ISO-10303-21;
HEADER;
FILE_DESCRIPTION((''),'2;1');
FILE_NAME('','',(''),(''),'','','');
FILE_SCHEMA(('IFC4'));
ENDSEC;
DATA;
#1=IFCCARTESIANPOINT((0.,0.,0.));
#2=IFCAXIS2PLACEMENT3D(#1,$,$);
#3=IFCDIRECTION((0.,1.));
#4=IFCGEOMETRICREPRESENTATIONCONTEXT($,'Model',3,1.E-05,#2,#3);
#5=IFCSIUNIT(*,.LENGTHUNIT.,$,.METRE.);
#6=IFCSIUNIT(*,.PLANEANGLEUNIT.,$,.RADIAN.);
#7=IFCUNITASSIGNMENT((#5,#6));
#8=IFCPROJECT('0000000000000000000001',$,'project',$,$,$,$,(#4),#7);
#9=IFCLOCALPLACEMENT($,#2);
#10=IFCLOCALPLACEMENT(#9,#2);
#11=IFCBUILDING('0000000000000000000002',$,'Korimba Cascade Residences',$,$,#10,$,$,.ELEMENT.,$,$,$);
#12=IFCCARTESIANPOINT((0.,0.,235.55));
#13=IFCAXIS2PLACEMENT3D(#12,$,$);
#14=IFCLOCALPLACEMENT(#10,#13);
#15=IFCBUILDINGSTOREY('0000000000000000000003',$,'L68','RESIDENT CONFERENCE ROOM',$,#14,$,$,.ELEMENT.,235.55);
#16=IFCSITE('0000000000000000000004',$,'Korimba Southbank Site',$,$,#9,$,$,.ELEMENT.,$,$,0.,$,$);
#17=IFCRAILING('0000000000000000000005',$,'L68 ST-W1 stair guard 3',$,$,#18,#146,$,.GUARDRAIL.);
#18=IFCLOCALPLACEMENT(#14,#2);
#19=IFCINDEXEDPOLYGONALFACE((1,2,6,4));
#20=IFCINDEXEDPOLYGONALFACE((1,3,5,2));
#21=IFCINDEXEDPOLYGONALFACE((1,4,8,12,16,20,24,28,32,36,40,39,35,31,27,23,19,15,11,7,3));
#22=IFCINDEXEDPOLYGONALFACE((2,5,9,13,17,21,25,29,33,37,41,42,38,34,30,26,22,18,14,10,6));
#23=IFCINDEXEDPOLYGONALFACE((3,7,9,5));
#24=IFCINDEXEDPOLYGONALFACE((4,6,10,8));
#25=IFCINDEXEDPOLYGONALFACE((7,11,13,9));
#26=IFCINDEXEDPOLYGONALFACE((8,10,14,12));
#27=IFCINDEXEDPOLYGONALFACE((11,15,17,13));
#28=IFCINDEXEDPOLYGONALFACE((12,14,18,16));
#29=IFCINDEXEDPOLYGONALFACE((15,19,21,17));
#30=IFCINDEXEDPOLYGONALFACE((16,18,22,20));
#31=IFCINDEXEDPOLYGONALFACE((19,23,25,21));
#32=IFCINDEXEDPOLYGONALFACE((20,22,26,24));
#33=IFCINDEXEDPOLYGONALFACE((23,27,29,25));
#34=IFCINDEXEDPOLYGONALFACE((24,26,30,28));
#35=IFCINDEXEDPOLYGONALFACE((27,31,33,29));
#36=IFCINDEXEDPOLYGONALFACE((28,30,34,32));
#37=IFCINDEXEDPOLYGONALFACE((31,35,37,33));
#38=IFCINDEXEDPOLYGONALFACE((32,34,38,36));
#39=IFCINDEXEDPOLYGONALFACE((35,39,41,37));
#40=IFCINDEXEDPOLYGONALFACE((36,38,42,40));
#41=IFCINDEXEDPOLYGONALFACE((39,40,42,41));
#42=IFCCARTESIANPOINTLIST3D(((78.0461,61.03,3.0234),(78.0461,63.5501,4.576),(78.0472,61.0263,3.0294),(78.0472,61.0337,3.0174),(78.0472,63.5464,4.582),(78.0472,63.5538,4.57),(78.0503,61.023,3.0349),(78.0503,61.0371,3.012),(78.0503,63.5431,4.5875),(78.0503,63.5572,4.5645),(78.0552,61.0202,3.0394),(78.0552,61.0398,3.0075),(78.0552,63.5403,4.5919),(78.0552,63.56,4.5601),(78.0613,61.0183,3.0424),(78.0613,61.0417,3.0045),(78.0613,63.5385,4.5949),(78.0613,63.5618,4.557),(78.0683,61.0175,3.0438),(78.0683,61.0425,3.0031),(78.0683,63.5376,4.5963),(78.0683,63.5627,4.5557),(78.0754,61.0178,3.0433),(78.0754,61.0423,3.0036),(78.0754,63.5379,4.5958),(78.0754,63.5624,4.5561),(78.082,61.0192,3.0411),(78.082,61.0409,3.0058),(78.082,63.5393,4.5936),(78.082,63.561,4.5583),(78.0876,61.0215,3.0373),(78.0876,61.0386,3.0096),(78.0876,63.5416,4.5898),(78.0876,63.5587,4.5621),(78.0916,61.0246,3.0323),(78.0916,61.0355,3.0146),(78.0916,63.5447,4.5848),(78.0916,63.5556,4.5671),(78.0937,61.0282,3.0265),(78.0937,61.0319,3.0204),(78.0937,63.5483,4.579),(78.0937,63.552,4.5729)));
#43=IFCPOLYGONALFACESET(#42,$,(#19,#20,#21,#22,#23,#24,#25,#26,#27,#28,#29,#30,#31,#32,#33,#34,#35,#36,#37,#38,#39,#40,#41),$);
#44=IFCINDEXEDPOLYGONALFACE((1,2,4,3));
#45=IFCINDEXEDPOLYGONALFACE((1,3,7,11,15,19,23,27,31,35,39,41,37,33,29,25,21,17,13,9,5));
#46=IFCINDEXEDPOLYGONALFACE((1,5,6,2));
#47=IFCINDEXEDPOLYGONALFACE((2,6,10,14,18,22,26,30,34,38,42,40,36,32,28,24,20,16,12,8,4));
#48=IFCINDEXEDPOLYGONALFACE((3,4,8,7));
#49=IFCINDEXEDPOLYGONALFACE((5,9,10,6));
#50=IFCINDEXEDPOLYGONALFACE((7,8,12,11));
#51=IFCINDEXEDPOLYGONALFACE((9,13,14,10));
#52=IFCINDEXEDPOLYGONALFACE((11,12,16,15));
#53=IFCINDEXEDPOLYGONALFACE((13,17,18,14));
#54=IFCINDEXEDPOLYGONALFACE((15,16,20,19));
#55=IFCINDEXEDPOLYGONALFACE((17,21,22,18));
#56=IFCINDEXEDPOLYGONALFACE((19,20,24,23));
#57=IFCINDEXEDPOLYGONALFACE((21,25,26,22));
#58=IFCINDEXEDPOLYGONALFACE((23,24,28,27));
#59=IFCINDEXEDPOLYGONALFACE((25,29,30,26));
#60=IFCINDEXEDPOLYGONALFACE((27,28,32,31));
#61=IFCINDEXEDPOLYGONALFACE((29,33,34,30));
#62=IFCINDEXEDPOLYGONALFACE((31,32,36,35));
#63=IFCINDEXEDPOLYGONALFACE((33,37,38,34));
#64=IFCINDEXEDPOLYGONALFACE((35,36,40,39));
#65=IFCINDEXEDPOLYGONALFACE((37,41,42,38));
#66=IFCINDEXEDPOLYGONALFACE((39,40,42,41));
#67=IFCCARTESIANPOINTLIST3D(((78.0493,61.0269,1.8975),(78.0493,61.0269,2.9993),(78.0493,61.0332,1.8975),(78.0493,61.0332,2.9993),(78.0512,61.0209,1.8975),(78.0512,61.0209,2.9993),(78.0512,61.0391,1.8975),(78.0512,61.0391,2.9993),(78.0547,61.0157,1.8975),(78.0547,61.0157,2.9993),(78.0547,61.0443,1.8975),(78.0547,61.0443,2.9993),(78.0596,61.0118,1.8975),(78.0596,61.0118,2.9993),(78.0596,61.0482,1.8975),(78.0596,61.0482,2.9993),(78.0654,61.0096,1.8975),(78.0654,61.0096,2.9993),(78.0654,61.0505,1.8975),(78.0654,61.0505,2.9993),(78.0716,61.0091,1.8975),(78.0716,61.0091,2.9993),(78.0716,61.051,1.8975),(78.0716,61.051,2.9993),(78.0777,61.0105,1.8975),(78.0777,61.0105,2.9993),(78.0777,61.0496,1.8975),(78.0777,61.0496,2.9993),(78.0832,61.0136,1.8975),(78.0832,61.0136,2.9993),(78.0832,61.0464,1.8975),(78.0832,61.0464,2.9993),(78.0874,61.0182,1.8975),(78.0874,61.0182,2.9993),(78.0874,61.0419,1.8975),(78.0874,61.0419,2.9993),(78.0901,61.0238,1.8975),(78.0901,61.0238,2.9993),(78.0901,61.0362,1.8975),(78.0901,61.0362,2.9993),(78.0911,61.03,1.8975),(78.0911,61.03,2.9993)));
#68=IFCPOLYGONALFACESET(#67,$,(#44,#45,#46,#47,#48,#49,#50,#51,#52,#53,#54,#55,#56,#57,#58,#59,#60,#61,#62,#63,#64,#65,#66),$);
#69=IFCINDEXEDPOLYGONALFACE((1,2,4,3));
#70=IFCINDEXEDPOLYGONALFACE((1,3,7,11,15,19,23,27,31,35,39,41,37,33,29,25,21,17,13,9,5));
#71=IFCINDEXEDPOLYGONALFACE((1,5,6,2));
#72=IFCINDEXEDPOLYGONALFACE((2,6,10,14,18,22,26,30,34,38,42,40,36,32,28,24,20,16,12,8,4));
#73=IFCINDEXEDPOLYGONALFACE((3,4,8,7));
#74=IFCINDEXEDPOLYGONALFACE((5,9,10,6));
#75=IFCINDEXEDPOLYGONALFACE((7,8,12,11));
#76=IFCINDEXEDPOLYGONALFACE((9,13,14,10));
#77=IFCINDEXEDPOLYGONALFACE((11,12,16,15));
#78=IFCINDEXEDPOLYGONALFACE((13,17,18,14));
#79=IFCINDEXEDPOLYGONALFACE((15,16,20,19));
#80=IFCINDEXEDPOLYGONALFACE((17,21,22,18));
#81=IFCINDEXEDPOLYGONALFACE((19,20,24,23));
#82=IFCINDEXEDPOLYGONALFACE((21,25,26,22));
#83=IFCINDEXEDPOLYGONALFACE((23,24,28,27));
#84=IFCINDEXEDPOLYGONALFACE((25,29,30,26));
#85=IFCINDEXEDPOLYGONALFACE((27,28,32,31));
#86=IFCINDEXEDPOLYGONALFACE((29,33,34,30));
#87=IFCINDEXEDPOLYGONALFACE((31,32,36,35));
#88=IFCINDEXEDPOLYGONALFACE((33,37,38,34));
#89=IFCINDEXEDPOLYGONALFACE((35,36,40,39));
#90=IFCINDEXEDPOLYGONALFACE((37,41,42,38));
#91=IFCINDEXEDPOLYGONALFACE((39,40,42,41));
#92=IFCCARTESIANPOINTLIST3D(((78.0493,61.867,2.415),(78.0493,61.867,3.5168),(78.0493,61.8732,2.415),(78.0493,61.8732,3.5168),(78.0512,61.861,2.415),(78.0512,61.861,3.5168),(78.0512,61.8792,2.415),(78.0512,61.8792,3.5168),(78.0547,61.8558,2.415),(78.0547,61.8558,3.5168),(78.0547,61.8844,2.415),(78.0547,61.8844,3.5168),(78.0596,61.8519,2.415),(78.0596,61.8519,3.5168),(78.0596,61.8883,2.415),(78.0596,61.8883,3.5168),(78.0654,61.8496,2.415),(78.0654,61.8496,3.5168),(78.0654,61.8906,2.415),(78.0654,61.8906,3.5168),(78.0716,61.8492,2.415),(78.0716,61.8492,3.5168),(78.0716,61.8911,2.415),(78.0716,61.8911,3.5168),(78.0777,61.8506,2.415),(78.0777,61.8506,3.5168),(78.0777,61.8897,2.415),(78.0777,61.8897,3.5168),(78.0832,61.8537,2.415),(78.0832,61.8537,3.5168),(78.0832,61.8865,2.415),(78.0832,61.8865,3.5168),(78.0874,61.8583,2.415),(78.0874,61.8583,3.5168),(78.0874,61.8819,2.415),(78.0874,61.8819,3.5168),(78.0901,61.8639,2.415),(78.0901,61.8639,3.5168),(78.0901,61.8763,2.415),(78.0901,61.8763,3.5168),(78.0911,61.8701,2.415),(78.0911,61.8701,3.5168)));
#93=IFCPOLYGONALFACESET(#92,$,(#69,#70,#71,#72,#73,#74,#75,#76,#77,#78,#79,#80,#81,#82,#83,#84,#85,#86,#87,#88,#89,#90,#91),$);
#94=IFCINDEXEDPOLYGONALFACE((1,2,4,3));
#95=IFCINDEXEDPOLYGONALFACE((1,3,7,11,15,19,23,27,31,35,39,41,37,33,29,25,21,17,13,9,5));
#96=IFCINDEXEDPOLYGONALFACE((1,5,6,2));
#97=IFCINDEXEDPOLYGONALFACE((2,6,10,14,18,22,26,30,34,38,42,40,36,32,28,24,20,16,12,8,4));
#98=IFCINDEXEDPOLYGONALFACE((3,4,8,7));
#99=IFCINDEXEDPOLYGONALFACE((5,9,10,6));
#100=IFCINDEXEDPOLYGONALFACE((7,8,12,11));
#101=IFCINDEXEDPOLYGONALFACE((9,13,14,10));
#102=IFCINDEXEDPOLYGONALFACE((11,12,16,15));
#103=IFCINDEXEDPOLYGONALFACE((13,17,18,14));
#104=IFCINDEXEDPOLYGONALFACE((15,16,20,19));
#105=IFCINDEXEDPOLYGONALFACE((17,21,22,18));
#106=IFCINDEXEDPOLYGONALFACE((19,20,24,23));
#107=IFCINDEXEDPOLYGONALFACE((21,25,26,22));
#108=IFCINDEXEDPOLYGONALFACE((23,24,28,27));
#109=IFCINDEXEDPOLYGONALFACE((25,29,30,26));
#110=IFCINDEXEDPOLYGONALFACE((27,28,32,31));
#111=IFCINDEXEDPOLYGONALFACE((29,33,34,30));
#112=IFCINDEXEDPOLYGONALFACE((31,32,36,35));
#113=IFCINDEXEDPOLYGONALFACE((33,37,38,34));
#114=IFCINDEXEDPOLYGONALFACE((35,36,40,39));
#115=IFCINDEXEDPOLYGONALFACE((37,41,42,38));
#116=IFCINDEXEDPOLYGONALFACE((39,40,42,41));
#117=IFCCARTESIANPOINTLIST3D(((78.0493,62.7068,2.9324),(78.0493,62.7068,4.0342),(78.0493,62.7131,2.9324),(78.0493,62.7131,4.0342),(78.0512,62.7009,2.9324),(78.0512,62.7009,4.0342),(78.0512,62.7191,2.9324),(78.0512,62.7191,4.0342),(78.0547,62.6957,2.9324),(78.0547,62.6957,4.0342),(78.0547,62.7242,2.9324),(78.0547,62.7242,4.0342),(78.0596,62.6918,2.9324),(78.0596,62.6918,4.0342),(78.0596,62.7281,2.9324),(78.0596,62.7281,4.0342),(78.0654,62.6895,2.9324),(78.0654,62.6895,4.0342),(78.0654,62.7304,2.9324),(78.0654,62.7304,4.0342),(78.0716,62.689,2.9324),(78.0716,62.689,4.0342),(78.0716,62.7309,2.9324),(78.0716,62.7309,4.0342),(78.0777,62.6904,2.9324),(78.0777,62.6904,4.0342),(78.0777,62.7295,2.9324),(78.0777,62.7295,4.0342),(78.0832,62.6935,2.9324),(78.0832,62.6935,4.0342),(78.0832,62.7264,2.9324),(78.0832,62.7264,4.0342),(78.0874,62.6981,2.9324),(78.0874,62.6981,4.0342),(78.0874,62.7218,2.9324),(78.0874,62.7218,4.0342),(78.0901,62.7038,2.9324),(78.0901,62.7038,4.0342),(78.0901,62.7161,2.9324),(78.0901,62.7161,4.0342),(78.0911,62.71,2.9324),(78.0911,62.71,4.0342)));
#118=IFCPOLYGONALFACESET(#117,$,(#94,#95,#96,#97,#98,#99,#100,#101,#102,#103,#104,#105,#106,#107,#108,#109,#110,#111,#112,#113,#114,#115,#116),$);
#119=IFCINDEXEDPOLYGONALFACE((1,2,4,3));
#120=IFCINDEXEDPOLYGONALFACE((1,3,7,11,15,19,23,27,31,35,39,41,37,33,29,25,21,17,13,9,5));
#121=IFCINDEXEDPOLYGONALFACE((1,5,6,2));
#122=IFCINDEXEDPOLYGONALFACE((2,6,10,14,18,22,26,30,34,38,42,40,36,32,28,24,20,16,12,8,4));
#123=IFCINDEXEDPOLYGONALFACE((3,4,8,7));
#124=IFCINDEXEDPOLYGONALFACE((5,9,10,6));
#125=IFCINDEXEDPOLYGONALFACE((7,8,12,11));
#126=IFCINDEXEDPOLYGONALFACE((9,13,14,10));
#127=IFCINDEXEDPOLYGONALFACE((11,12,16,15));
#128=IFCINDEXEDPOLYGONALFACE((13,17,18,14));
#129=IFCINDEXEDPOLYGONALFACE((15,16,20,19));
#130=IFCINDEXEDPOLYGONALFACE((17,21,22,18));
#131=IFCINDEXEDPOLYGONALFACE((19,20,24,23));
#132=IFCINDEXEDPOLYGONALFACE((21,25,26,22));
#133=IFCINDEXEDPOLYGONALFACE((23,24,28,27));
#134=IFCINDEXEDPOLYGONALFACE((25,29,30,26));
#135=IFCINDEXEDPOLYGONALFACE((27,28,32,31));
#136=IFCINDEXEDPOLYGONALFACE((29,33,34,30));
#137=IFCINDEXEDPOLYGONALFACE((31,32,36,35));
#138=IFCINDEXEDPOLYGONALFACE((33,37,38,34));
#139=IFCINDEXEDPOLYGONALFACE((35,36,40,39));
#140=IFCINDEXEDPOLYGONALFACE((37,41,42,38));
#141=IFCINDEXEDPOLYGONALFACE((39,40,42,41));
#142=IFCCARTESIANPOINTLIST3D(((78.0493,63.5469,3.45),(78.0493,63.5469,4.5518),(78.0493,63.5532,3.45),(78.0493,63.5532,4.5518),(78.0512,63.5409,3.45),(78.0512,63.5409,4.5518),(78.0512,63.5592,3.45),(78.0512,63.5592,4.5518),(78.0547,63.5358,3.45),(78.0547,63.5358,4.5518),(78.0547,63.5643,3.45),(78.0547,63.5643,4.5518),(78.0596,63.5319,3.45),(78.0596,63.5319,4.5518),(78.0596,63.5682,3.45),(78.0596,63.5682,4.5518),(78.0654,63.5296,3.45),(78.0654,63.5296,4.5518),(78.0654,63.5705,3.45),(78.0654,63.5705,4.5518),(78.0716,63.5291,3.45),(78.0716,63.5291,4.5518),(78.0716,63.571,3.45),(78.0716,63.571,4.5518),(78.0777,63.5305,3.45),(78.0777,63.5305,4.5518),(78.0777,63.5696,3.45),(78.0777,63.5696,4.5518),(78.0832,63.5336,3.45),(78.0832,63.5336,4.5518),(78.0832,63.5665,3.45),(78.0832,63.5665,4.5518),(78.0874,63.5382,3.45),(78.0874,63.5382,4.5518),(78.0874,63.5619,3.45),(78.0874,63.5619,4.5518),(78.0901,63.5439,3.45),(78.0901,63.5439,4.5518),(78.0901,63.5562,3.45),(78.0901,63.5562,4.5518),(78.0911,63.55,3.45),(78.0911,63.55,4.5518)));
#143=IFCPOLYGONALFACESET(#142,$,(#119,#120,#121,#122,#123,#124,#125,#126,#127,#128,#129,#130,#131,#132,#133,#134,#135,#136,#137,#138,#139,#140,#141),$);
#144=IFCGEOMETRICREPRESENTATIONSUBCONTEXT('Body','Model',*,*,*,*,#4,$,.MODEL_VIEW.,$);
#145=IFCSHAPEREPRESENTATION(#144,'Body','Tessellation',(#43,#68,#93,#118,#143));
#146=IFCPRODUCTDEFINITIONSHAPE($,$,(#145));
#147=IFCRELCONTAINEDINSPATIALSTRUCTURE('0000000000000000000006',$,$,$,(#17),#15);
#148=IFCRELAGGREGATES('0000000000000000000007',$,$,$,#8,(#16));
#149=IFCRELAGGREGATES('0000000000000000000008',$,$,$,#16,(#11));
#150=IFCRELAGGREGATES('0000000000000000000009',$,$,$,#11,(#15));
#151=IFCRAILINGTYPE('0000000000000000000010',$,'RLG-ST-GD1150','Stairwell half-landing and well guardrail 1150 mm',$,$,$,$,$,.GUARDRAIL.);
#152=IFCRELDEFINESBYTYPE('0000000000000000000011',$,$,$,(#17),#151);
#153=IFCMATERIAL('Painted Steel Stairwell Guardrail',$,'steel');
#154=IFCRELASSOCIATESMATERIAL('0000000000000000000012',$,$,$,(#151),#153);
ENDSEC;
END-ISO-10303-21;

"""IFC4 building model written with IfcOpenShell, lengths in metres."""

from ifc_helpers import new_model, si_unit, direction, frame, origin, origin_2d, place, context, subcontext, project, spatial, circle, extrude, material, type_object, element, save


model = new_model("IFC4")

# Units and contexts
model_context = context("Model", 3, precision=1e-05, world=origin(), true_north=direction((0.0, 1.0)))
body_context = subcontext(model_context, "Body", "Model", "MODEL_VIEW")
ifc_project = project(units=[si_unit("LENGTHUNIT", "METRE"), si_unit("PLANEANGLEUNIT", "RADIAN")], contexts=[model_context])

# Site, building, storey
site_placement = place(None, origin())
site = spatial("IfcSite", under=ifc_project, at=site_placement, Name="Korimba Southbank Site", CompositionType="ELEMENT", RefElevation=0.0)
building_placement = place(site_placement, origin())
building = spatial("IfcBuilding", under=site, at=building_placement, Name="Korimba Cascade Residences", CompositionType="ELEMENT")
storey_placement = place(building_placement, frame((0.0, 0.0, 235.55)))
storey = spatial("IfcBuildingStorey", under=building, at=storey_placement, Name="L68", Description="RESIDENT CONFERENCE ROOM", CompositionType="ELEMENT", Elevation=235.55)

# Railing
ifc_material_1 = material(Name="Painted Steel Stairwell Guardrail", Category="steel")
railing_type_1 = type_object("IfcRailingType", Name="RLG-ST-GD1150", Description="Stairwell half-landing and well guardrail 1150 mm", PredefinedType="GUARDRAIL", material=ifc_material_1)
railing_1_placement = place(storey_placement, frame((78.0701, 61.03, 1.8975)))
element("IfcRailing", 1, at=railing_1_placement, inside=storey, type_object=railing_type_1, Name="L68 ST-W1 stair guard 3", PredefinedType="GUARDRAIL", context=body_context, shape_type="SweptSolid", body=[
    extrude(circle(Radius=0.0239, at=origin_2d()), frame((0.0, 0.0, 1.126), z_axis=(0.0, 0.8514, 0.524516), x_axis=(-1.0, 0.0, 0.0)), (0.0, 0.0, 1.0), 2.96),
    extrude(circle(Radius=0.021, at=origin_2d()), origin(), (0.0, 0.0, 1.0), 1.1018),
    extrude(circle(Radius=0.021, at=origin_2d()), frame((0.0, 0.8401, 0.5176)), (0.0, 0.0, 1.0), 1.1018),
    extrude(circle(Radius=0.021, at=origin_2d()), frame((0.0, 1.6799, 1.0349)), (0.0, 0.0, 1.0), 1.1018),
    extrude(circle(Radius=0.021, at=origin_2d()), frame((0.0, 2.52, 1.5525)), (0.0, 0.0, 1.0), 1.1018),
])

save(model, "model.ifc")
